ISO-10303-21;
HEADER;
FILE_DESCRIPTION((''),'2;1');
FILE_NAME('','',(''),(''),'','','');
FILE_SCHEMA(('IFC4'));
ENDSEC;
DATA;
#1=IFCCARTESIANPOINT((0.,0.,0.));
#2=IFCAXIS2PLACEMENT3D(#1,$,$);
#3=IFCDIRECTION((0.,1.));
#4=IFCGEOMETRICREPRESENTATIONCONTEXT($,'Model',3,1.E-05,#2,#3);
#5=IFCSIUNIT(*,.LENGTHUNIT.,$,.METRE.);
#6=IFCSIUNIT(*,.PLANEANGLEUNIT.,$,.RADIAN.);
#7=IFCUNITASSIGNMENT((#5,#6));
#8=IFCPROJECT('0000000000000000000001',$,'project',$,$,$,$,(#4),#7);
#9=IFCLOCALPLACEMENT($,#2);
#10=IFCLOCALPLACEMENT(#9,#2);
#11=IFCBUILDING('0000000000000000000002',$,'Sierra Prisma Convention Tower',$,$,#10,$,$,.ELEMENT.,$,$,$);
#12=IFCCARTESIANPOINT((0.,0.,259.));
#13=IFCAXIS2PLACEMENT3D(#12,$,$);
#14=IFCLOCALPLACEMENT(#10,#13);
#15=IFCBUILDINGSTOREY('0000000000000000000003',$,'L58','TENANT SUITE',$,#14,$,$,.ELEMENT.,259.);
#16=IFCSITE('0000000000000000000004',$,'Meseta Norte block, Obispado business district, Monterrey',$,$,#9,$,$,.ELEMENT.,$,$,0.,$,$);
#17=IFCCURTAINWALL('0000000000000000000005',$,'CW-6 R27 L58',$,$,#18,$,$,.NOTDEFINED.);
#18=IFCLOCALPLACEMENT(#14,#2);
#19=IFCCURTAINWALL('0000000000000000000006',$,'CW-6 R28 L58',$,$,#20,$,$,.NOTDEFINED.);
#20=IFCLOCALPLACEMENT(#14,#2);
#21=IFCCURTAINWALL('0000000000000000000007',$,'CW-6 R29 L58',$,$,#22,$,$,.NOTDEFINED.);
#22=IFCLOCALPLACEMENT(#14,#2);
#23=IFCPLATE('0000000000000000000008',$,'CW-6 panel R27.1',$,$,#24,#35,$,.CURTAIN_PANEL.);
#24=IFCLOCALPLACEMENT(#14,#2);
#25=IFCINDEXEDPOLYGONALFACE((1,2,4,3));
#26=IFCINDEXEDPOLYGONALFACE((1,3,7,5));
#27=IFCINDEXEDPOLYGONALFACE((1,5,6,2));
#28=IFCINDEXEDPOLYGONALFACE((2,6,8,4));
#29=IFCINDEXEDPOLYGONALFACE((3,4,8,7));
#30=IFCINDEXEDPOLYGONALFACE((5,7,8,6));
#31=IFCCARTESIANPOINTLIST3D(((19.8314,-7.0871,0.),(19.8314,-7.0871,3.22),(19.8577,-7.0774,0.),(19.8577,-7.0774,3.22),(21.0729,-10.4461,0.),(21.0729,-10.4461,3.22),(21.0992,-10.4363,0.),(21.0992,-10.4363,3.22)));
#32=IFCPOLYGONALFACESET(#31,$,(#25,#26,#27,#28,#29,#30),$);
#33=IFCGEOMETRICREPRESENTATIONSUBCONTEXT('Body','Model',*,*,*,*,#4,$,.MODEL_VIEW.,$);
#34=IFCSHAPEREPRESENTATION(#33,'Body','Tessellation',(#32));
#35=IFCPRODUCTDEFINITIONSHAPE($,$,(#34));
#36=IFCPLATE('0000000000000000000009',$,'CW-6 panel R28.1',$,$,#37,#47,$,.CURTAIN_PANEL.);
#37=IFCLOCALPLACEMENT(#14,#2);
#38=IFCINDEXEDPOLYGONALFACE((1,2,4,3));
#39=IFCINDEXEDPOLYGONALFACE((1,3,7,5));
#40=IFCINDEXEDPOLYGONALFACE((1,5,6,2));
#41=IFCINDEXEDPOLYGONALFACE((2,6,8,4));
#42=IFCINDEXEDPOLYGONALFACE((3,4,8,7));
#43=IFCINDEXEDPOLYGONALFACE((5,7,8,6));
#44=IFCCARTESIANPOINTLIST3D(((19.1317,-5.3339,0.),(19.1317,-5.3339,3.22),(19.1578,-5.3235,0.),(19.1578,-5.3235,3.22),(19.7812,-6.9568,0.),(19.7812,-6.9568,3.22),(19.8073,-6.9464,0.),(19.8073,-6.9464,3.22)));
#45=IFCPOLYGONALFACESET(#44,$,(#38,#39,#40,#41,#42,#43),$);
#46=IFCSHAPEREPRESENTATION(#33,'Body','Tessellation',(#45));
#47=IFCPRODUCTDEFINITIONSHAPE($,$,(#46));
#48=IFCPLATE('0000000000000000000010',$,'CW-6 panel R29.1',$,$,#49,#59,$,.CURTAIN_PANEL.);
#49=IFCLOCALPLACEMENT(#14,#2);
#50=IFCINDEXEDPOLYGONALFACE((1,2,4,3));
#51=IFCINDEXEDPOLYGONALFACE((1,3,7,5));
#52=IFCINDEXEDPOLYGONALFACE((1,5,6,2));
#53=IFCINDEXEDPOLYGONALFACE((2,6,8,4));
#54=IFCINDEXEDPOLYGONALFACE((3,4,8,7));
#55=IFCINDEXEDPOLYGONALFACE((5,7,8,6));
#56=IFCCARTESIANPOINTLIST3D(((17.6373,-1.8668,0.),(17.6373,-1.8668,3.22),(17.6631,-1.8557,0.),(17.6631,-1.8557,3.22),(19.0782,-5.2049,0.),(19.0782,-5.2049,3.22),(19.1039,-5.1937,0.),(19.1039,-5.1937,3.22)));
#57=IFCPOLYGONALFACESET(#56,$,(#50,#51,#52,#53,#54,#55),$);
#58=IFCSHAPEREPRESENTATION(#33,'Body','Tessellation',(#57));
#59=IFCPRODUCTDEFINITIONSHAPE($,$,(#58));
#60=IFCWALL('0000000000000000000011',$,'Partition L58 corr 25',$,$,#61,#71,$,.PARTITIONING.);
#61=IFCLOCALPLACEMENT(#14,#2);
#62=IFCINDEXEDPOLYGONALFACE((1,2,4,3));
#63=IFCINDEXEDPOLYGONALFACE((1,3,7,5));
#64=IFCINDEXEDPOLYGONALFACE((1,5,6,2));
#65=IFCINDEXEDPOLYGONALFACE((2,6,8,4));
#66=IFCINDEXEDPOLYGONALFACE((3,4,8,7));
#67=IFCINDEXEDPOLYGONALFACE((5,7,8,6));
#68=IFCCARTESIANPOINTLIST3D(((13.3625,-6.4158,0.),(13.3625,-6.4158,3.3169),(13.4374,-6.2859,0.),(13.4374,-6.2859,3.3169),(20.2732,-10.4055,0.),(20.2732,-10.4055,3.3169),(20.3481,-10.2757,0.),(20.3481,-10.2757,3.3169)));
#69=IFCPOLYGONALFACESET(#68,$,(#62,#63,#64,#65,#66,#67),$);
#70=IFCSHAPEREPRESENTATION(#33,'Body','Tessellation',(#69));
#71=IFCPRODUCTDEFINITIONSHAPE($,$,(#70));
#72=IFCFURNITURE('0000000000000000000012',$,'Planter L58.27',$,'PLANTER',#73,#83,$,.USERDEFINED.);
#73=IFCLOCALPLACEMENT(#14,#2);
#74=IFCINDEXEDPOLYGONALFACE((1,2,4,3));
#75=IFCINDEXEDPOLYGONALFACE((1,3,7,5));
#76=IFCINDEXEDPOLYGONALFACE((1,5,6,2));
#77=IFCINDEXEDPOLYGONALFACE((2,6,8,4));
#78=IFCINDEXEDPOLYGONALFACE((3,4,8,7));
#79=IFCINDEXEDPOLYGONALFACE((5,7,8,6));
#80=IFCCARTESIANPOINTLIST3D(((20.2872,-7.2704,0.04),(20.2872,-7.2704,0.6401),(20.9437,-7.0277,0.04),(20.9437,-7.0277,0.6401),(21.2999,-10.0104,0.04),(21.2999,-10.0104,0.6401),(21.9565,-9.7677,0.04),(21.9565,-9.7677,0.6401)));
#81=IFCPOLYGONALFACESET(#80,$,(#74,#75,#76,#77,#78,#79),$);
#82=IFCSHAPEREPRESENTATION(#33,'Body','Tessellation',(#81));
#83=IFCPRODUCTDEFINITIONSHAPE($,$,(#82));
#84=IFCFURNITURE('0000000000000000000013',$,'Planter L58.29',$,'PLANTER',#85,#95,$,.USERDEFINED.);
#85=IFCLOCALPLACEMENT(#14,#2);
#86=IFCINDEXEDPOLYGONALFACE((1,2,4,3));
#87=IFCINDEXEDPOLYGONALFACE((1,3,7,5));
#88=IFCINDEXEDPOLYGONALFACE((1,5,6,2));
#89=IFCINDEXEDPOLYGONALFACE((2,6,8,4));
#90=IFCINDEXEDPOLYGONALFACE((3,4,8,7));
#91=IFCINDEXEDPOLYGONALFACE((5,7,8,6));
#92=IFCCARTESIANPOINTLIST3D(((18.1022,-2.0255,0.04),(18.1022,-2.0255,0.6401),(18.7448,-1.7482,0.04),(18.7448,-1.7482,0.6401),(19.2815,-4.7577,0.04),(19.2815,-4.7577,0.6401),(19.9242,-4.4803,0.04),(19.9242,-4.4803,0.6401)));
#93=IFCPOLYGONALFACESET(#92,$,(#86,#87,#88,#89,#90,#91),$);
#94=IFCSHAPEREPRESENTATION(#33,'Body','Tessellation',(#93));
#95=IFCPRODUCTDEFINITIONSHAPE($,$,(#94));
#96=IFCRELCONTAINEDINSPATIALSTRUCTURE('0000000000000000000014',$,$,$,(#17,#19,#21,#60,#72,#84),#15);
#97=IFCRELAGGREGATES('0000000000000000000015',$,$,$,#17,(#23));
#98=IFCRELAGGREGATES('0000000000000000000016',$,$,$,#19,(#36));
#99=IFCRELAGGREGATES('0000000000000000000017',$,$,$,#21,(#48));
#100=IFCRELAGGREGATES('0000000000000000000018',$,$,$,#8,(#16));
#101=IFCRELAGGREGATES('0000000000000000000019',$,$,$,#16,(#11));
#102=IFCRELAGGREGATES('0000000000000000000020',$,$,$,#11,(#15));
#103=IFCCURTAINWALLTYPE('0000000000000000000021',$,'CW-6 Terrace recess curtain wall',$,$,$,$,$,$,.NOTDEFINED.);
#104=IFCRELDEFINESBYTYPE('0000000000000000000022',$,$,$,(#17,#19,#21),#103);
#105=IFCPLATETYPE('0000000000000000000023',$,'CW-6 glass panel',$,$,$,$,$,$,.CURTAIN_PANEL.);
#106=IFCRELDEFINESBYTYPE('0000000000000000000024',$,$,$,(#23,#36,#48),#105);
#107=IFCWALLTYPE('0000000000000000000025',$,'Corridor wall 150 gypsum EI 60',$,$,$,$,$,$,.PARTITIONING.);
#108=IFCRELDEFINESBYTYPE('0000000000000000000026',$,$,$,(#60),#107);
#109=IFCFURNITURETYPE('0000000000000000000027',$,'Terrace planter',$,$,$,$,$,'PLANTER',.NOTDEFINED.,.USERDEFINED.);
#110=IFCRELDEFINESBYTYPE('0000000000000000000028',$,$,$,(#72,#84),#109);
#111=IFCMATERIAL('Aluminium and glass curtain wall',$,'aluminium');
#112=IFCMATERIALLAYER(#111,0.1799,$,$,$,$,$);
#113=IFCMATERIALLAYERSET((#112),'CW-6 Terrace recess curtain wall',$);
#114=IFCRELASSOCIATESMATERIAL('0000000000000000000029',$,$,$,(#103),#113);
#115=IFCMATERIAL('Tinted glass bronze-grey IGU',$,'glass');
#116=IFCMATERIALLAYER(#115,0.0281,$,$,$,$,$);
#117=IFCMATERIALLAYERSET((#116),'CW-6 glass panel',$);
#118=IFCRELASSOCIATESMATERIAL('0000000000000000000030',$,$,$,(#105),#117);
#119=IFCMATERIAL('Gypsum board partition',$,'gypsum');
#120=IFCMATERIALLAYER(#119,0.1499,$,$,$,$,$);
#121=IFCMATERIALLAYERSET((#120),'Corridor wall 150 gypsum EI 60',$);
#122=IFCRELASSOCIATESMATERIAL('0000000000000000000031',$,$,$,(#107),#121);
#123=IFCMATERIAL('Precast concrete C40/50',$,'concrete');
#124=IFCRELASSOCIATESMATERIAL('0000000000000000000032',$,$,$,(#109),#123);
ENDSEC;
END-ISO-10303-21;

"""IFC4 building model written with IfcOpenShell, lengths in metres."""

from ifc_helpers import new_model, si_unit, direction, frame, frame_2d, origin, origin_2d, place, context, subcontext, project, spatial, rectangle, extrude, material, layer, layer_set, type_object, element, aggregate, save


model = new_model("IFC4")

# Units and contexts
model_context = context("Model", 3, precision=1e-05, world=origin(), true_north=direction((0.0, 1.0)))
body_context = subcontext(model_context, "Body", "Model", "MODEL_VIEW")
ifc_project = project(units=[si_unit("LENGTHUNIT", "METRE"), si_unit("PLANEANGLEUNIT", "RADIAN")], contexts=[model_context])

# Site, building, storey
site_placement = place(None, origin())
site = spatial("IfcSite", under=ifc_project, at=site_placement, Name="Meseta Norte block, Obispado business district, Monterrey", CompositionType="ELEMENT", RefElevation=0.0)
building_placement = place(site_placement, origin())
building = spatial("IfcBuilding", under=site, at=building_placement, Name="Sierra Prisma Convention Tower", CompositionType="ELEMENT")
storey_placement = place(building_placement, frame((0.0, 0.0, 259.0)))
storey = spatial("IfcBuildingStorey", under=building, at=storey_placement, Name="L58", Description="TENANT SUITE", CompositionType="ELEMENT", Elevation=259.0)

# Curtain walls
ifc_material_1 = material(Name="Aluminium and glass curtain wall", Category="aluminium")
ifc_layer_1 = layer(ifc_material_1, 0.1799)
ifc_layer_set_1 = layer_set([ifc_layer_1], Name="CW-6 Terrace recess curtain wall")
curtain_wall_type = type_object("IfcCurtainWallType", Name="CW-6 Terrace recess curtain wall", PredefinedType="NOTDEFINED", material=ifc_layer_set_1)
curtain_wall_1_placement = place(storey_placement, origin())
curtain_wall_1 = element("IfcCurtainWall", 1, at=curtain_wall_1_placement, inside=storey, type_object=curtain_wall_type, Name="CW-6 R27 L58", PredefinedType="NOTDEFINED")
curtain_wall_2_placement = place(storey_placement, origin())
curtain_wall_2 = element("IfcCurtainWall", 2, at=curtain_wall_2_placement, inside=storey, type_object=curtain_wall_type, Name="CW-6 R28 L58", PredefinedType="NOTDEFINED")
curtain_wall_3_placement = place(storey_placement, origin())
curtain_wall_3 = element("IfcCurtainWall", 3, at=curtain_wall_3_placement, inside=storey, type_object=curtain_wall_type, Name="CW-6 R29 L58", PredefinedType="NOTDEFINED")

# Plates
ifc_material_2 = material(Name="Tinted glass bronze-grey IGU", Category="glass")
ifc_layer_2 = layer(ifc_material_2, 0.0281)
ifc_layer_set_2 = layer_set([ifc_layer_2], Name="CW-6 glass panel")
plate_type = type_object("IfcPlateType", Name="CW-6 glass panel", PredefinedType="CURTAIN_PANEL", material=ifc_layer_set_2)
plate_1_placement = place(storey_placement, frame((20.4653, -8.7617, 0.0), z_axis=(0.0, 0.0, 1.0), x_axis=(-0.346686, 0.937981, 0.0)))
plate_1 = element("IfcPlate", 4, at=plate_1_placement, type_object=plate_type, Name="CW-6 panel R27.1", PredefinedType="CURTAIN_PANEL", context=body_context, shape_type="SweptSolid", body=[
    extrude(rectangle(XDim=3.5811, YDim=0.0281, at=origin_2d()), origin(), (0.0, 0.0, 1.0), 3.22),
])
aggregate(curtain_wall_1, [plate_1])
plate_2_placement = place(storey_placement, frame((19.4695, -6.1401, 0.0), z_axis=(0.0, 0.0, 1.0), x_axis=(-0.371569, 0.928406, 0.0)))
plate_2 = element("IfcPlate", 5, at=plate_2_placement, type_object=plate_type, Name="CW-6 panel R28.1", PredefinedType="CURTAIN_PANEL", context=body_context, shape_type="SweptSolid", body=[
    extrude(rectangle(XDim=1.748, YDim=0.0281, at=origin_2d()), origin(), (0.0, 0.0, 1.0), 3.22),
])
aggregate(curtain_wall_2, [plate_2])
plate_3_placement = place(storey_placement, frame((18.3706, -3.5303, 0.0), z_axis=(0.0, 0.0, 1.0), x_axis=(-0.396308, 0.918118, 0.0)))
plate_3 = element("IfcPlate", 6, at=plate_3_placement, type_object=plate_type, Name="CW-6 panel R29.1", PredefinedType="CURTAIN_PANEL", context=body_context, shape_type="SweptSolid", body=[
    extrude(rectangle(XDim=3.6357, YDim=0.0281, at=origin_2d()), origin(), (0.0, 0.0, 1.0), 3.22),
])
aggregate(curtain_wall_3, [plate_3])

# Wall
ifc_material_3 = material(Name="Gypsum board partition", Category="gypsum")
ifc_layer_3 = layer(ifc_material_3, 0.1499)
ifc_layer_set_3 = layer_set([ifc_layer_3], Name="Corridor wall 150 gypsum EI 60")
wall_type = type_object("IfcWallType", Name="Corridor wall 150 gypsum EI 60", PredefinedType="PARTITIONING", material=ifc_layer_set_3)
wall_placement = place(storey_placement, frame((20.3105, -10.3406, 0.0), z_axis=(0.0, 0.0, 1.0), x_axis=(-0.866032, 0.499989, 0.0)))
element("IfcWall", 7, at=wall_placement, inside=storey, type_object=wall_type, Name="Partition L58 corr 25", PredefinedType="PARTITIONING", context=body_context, shape_type="SweptSolid", body=[
    extrude(rectangle(XDim=7.9797, YDim=0.1499, at=frame_2d((3.9897, 0.0))), origin(), (0.0, 0.0, 1.0), 3.3169),
])

# Furniture
ifc_material_4 = material(Name="Precast concrete C40/50", Category="concrete")
furniture_type = type_object("IfcFurnitureType", Name="Terrace planter", ElementType="PLANTER", AssemblyPlace="NOTDEFINED", PredefinedType="USERDEFINED", material=ifc_material_4)
furniture_1_placement = place(storey_placement, frame((21.1218, -8.519, 0.04), z_axis=(0.0, 0.0, 1.0), x_axis=(-0.346686, 0.937981, 0.0)))
element("IfcFurniture", 8, at=furniture_1_placement, inside=storey, type_object=furniture_type, Name="Planter L58.27", ObjectType="PLANTER", PredefinedType="USERDEFINED", context=body_context, shape_type="SweptSolid", body=[
    extrude(rectangle(XDim=2.9211, YDim=0.7, at=origin_2d()), origin(), (0.0, 0.0, 1.0), 0.6001),
])
furniture_2_placement = place(storey_placement, frame((19.0132, -3.2529, 0.04), z_axis=(0.0, 0.0, 1.0), x_axis=(-0.396308, 0.918118, 0.0)))
element("IfcFurniture", 9, at=furniture_2_placement, inside=storey, type_object=furniture_type, Name="Planter L58.29", ObjectType="PLANTER", PredefinedType="USERDEFINED", context=body_context, shape_type="SweptSolid", body=[
    extrude(rectangle(XDim=2.9758, YDim=0.7, at=origin_2d()), origin(), (0.0, 0.0, 1.0), 0.6001),
])

save(model, "model.ifc")
